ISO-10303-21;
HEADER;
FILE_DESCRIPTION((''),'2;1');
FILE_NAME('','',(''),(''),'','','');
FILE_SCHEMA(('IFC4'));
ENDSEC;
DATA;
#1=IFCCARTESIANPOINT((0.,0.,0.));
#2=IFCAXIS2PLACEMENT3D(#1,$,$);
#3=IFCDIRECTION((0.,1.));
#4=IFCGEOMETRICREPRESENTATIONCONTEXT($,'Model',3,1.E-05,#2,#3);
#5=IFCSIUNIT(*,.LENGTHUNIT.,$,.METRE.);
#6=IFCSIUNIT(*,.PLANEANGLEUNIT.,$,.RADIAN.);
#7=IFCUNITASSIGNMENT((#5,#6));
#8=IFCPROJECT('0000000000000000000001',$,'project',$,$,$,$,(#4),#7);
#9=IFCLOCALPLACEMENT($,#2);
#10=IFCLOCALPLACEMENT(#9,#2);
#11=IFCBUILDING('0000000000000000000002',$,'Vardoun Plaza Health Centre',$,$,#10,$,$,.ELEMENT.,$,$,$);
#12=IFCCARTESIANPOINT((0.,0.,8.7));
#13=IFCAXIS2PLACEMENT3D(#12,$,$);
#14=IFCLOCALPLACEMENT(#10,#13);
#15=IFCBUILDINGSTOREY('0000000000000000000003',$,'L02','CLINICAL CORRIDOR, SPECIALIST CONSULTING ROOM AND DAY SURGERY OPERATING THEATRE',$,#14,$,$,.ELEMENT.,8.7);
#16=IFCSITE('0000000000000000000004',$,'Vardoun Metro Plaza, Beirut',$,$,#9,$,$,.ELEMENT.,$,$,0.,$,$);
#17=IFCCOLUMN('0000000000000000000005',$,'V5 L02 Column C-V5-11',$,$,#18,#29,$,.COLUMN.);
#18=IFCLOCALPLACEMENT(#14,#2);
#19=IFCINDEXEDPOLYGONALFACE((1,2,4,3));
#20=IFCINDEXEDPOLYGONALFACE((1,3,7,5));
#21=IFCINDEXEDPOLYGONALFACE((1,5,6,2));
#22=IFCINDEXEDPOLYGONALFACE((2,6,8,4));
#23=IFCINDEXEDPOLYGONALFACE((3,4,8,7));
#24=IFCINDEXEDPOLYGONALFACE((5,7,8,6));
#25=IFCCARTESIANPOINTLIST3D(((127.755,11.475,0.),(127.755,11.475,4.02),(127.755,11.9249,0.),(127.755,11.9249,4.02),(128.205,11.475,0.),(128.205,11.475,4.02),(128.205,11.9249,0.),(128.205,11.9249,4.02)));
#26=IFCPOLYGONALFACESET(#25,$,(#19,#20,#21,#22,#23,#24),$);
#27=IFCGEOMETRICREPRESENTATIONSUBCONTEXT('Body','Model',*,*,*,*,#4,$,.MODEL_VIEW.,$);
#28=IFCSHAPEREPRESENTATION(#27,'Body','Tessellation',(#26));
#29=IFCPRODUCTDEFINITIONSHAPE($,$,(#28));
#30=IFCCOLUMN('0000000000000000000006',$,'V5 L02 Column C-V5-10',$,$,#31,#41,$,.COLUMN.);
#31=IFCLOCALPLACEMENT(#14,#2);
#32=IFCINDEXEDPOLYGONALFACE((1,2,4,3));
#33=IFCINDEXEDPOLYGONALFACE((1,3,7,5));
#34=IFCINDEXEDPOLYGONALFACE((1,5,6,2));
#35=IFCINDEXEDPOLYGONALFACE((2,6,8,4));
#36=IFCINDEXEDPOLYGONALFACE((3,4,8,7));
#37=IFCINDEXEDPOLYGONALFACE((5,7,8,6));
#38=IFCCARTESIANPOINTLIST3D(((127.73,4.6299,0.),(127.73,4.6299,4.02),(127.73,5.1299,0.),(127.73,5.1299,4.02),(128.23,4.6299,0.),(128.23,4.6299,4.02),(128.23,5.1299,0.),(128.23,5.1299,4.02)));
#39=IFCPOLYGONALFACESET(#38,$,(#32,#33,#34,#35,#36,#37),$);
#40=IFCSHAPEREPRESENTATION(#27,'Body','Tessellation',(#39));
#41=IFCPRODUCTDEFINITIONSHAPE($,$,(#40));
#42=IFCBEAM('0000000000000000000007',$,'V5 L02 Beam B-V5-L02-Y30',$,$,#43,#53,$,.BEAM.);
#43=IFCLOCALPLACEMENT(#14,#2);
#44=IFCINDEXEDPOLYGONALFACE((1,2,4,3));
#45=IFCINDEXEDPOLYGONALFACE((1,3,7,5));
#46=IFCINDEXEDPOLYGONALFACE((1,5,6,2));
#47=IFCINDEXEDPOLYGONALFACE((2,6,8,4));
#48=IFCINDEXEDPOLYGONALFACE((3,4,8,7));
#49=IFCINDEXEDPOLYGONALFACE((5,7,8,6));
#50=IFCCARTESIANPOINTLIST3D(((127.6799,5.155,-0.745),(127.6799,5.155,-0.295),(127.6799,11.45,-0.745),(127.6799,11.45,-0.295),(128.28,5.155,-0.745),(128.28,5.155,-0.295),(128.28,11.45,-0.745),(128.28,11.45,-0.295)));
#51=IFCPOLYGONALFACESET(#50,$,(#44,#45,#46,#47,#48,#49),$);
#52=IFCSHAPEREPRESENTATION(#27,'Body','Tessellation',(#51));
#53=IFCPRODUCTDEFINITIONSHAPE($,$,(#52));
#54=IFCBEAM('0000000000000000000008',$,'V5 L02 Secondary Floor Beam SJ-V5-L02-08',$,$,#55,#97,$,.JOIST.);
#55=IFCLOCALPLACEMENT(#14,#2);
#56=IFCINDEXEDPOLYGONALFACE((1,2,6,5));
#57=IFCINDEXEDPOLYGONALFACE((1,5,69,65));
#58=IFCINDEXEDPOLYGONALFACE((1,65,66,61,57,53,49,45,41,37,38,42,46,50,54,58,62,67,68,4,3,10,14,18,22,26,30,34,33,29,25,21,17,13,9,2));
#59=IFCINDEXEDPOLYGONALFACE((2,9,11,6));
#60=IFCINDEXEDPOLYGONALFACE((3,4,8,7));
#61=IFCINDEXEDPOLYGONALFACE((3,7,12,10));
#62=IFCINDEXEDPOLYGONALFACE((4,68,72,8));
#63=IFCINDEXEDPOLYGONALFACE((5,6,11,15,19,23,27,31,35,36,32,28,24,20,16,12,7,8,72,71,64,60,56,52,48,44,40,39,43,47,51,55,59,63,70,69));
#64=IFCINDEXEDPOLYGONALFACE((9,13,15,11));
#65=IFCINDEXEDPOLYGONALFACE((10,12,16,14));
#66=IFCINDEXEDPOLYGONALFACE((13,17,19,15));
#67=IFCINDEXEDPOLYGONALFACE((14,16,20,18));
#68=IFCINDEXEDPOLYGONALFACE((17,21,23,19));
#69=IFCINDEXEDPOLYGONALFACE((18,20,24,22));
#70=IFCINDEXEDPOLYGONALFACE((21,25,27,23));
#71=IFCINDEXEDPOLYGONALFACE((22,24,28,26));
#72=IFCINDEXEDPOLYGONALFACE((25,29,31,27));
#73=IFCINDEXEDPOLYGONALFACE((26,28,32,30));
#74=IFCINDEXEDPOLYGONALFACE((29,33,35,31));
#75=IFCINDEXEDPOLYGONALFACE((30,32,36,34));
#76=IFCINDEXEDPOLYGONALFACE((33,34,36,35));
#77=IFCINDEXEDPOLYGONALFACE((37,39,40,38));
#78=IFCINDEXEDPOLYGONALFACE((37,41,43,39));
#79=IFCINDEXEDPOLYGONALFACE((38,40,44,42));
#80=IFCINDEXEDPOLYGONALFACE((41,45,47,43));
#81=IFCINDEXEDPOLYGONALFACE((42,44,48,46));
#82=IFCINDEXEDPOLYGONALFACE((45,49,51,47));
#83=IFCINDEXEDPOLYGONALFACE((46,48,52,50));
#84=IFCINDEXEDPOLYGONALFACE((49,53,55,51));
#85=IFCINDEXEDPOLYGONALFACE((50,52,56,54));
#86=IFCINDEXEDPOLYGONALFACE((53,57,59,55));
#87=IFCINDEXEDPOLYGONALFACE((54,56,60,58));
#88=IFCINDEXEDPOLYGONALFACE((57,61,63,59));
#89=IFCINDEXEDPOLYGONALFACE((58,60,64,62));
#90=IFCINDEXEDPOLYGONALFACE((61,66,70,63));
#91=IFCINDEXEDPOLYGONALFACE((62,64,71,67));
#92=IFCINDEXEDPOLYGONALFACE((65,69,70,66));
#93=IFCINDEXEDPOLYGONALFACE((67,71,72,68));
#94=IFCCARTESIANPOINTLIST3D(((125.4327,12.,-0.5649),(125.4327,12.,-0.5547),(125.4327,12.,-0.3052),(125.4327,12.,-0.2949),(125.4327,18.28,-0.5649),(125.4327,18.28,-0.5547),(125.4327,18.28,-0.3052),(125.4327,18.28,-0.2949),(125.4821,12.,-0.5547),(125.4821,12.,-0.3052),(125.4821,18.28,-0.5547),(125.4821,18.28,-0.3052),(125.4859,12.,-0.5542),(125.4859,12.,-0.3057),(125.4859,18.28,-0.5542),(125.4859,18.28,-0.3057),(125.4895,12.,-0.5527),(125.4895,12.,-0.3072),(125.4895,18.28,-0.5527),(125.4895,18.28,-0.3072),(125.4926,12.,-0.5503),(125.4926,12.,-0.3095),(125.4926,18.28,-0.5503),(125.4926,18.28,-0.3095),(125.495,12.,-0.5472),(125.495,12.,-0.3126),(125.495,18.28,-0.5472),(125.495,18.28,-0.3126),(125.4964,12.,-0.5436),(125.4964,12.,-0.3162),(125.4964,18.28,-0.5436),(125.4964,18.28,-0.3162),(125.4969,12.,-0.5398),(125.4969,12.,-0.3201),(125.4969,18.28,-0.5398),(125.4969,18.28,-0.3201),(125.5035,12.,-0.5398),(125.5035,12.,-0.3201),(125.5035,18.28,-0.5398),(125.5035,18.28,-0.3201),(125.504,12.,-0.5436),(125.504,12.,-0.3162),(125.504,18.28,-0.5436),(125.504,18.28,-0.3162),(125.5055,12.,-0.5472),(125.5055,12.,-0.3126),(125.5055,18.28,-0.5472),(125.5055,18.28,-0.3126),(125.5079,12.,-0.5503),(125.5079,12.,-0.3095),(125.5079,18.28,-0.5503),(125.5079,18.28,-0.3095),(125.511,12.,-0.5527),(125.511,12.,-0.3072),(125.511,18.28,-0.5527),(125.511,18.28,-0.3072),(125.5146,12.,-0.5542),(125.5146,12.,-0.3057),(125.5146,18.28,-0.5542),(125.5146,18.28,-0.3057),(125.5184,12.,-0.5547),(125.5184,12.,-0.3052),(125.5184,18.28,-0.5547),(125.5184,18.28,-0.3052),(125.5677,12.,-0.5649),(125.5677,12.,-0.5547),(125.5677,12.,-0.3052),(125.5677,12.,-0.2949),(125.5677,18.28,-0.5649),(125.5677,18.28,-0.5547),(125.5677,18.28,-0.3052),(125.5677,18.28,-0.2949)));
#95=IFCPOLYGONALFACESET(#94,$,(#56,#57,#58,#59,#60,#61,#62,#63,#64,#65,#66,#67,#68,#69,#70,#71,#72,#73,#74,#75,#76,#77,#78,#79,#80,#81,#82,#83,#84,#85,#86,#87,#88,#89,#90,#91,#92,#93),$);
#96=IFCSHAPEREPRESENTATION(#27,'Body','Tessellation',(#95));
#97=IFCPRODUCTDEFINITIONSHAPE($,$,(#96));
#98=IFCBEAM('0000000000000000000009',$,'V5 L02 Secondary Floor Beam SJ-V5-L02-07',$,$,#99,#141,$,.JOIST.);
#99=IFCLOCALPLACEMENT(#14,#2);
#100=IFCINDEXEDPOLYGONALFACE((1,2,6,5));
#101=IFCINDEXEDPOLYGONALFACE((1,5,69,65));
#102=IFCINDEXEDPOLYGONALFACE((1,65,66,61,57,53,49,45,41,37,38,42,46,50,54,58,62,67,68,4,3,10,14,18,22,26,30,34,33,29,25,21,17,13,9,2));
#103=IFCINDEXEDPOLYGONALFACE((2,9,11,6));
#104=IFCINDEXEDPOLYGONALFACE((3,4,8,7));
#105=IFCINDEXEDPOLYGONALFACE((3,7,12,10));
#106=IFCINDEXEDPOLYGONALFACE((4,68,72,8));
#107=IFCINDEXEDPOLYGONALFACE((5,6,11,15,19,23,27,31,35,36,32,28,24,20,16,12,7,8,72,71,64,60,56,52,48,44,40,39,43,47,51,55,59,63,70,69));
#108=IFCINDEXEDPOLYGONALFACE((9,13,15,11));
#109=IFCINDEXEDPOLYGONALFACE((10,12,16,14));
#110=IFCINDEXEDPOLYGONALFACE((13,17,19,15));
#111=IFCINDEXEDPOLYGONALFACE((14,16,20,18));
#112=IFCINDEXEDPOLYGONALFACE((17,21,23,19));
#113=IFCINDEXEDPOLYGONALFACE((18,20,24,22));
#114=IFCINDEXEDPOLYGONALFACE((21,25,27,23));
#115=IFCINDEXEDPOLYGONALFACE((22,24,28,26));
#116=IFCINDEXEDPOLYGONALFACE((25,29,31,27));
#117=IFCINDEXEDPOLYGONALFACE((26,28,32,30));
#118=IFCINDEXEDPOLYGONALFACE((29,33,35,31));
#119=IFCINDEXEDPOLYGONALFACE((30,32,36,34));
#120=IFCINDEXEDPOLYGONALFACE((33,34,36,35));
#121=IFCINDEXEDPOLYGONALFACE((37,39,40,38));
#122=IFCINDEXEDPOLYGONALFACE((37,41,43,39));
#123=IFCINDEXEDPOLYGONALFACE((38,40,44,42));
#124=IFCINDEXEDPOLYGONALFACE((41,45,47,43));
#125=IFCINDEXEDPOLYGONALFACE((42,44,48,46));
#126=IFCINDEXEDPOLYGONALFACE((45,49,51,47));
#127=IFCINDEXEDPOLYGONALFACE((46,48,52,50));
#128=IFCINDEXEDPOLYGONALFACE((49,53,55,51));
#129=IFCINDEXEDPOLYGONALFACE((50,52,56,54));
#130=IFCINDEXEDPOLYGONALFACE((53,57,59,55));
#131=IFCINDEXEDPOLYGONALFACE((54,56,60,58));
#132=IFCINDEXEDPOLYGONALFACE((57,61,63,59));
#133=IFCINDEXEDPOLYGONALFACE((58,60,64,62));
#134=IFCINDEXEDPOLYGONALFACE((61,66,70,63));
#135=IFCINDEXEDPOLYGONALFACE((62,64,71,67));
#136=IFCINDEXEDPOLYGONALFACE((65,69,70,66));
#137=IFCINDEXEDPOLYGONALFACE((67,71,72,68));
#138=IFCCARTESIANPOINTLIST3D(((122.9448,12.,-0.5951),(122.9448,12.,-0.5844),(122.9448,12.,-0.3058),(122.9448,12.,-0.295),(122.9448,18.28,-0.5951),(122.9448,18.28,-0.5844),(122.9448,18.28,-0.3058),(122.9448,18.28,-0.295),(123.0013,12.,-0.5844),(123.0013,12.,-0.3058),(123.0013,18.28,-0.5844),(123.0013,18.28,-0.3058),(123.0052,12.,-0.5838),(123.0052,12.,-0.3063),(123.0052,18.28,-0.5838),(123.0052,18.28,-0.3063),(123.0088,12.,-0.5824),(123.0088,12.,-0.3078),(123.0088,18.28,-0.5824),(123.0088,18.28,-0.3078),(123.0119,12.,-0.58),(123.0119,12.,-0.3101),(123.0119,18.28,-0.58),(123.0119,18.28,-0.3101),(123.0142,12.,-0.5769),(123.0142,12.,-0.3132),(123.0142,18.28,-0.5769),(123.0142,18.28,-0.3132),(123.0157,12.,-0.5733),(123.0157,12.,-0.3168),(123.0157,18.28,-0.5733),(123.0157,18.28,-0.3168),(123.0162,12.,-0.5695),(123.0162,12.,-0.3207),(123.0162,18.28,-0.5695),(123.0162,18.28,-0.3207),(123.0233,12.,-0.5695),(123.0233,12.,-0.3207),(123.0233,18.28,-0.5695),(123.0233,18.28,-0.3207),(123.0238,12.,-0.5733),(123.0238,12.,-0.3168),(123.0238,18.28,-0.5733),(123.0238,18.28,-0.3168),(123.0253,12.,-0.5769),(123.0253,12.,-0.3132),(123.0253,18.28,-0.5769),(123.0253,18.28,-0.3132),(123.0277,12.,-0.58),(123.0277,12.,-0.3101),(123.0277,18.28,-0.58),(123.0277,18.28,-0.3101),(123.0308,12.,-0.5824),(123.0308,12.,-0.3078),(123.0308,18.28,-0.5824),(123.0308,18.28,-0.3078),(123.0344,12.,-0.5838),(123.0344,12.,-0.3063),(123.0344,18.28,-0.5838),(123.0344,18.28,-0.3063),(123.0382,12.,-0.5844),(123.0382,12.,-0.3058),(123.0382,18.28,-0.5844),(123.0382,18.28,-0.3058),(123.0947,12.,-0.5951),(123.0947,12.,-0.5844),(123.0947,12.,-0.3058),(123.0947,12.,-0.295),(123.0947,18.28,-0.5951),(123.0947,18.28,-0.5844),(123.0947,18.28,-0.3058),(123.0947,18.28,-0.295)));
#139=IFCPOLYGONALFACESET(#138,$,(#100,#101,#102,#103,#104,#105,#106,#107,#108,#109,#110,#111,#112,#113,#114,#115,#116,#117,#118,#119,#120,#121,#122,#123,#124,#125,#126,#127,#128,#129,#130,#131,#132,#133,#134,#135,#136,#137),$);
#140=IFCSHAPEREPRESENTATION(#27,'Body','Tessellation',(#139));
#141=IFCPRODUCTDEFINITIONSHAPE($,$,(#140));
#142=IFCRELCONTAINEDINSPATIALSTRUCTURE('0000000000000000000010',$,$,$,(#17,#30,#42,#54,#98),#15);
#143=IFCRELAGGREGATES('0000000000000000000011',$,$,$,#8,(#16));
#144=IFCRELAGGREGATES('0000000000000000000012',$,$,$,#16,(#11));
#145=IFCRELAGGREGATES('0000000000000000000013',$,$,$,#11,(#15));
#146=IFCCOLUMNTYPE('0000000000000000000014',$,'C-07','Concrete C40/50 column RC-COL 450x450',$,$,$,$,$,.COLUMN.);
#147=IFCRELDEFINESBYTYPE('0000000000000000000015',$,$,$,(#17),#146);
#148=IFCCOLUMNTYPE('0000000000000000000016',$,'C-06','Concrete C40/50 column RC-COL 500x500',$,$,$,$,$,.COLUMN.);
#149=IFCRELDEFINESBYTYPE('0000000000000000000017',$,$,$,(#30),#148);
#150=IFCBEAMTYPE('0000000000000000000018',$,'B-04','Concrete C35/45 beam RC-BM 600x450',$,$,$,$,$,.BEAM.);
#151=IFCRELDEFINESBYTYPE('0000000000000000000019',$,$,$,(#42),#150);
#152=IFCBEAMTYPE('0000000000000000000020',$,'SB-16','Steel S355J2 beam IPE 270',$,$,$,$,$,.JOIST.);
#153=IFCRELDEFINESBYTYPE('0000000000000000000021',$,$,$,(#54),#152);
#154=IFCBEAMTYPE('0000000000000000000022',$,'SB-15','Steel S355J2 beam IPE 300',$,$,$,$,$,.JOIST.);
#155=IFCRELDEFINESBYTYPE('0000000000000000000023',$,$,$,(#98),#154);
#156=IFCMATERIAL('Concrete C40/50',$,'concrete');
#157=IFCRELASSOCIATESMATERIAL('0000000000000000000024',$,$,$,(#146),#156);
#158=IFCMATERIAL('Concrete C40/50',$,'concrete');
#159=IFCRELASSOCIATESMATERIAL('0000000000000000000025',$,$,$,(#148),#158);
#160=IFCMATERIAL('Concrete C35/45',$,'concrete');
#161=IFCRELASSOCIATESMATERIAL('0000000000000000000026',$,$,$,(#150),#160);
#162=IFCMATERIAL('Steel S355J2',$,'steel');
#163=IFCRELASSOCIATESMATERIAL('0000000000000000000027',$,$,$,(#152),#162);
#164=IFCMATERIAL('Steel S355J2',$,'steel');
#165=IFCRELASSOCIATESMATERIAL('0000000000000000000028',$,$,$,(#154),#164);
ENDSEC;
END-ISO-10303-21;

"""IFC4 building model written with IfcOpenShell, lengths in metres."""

from ifc_helpers import new_model, si_unit, direction, frame, origin, origin_2d, place, context, subcontext, project, spatial, rectangle, i_section, extrude, material, material_profile, profile_set, type_object, element, save


model = new_model("IFC4")

# Units and contexts
model_context = context("Model", 3, precision=1e-05, world=origin(), true_north=direction((0.0, 1.0)))
body_context = subcontext(model_context, "Body", "Model", "MODEL_VIEW")
ifc_project = project(units=[si_unit("LENGTHUNIT", "METRE"), si_unit("PLANEANGLEUNIT", "RADIAN")], contexts=[model_context])

# Site, building, storey
site_placement = place(None, origin())
site = spatial("IfcSite", under=ifc_project, at=site_placement, Name="Vardoun Metro Plaza, Beirut", CompositionType="ELEMENT", RefElevation=0.0)
building_placement = place(site_placement, origin())
building = spatial("IfcBuilding", under=site, at=building_placement, Name="Vardoun Plaza Health Centre", CompositionType="ELEMENT")
storey_placement = place(building_placement, frame((0.0, 0.0, 8.7)))
storey = spatial("IfcBuildingStorey", under=building, at=storey_placement, Name="L02", Description="CLINICAL CORRIDOR, SPECIALIST CONSULTING ROOM AND DAY SURGERY OPERATING THEATRE", CompositionType="ELEMENT", Elevation=8.7)

# Columns
ifc_material_1 = material(Name="Concrete C40/50", Category="concrete")
ifc_material_profile_1 = material_profile(ifc_material_1, rectangle(XDim=0.45, YDim=0.45, at=origin_2d()), Name="RC-COL 450x450")
ifc_profile_set_1 = profile_set([ifc_material_profile_1], Name="Concrete C40/50")
column_type_1 = type_object("IfcColumnType", Name="C-07", Description="Concrete C40/50 column RC-COL 450x450", PredefinedType="COLUMN", material=ifc_profile_set_1)
column_1_placement = place(storey_placement, frame((127.98, 11.7, 0.0), z_axis=(0.0, 0.0, 1.0), x_axis=(1.0, 0.0, 0.0)))
element("IfcColumn", 1, at=column_1_placement, inside=storey, type_object=column_type_1, Name="V5 L02 Column C-V5-11", PredefinedType="COLUMN", context=body_context, shape_type="SweptSolid", body=[
    extrude(rectangle(XDim=0.45, YDim=0.45, at=origin_2d()), origin(), (0.0, 0.0, 1.0), 4.02),
])
ifc_material_2 = material(Name="Concrete C40/50", Category="concrete")
ifc_material_profile_2 = material_profile(ifc_material_2, rectangle(XDim=0.5, YDim=0.5, at=origin_2d()), Name="RC-COL 500x500")
ifc_profile_set_2 = profile_set([ifc_material_profile_2], Name="Concrete C40/50")
column_type_2 = type_object("IfcColumnType", Name="C-06", Description="Concrete C40/50 column RC-COL 500x500", PredefinedType="COLUMN", material=ifc_profile_set_2)
column_2_placement = place(storey_placement, frame((127.98, 4.8799, 0.0), z_axis=(0.0, 0.0, 1.0), x_axis=(1.0, 0.0, 0.0)))
element("IfcColumn", 2, at=column_2_placement, inside=storey, type_object=column_type_2, Name="V5 L02 Column C-V5-10", PredefinedType="COLUMN", context=body_context, shape_type="SweptSolid", body=[
    extrude(rectangle(XDim=0.5, YDim=0.5, at=origin_2d()), origin(), (0.0, 0.0, 1.0), 4.02),
])

# Beams
ifc_material_3 = material(Name="Concrete C35/45", Category="concrete")
ifc_material_profile_3 = material_profile(ifc_material_3, rectangle(XDim=0.6001, YDim=0.45, at=origin_2d()), Name="RC-BM 600x450")
ifc_profile_set_3 = profile_set([ifc_material_profile_3], Name="Concrete C35/45")
beam_type_1 = type_object("IfcBeamType", Name="B-04", Description="Concrete C35/45 beam RC-BM 600x450", PredefinedType="BEAM", material=ifc_profile_set_3)
beam_1_placement = place(storey_placement, frame((127.98, 5.155, -0.52), z_axis=(0.0, 1.0, 0.0), x_axis=(-1.0, 0.0, 0.0)))
element("IfcBeam", 3, at=beam_1_placement, inside=storey, type_object=beam_type_1, Name="V5 L02 Beam B-V5-L02-Y30", PredefinedType="BEAM", context=body_context, shape_type="SweptSolid", body=[
    extrude(rectangle(XDim=0.6001, YDim=0.45, at=origin_2d()), origin(), (0.0, 0.0, 1.0), 6.2949),
])
ifc_material_4 = material(Name="Steel S355J2", Category="steel")
ifc_material_profile_4 = material_profile(ifc_material_4, i_section(OverallWidth=0.135, OverallDepth=0.27, WebThickness=0.0066, FlangeThickness=0.0103, FilletRadius=0.0149, at=origin_2d()), Name="IPE 270")
ifc_profile_set_4 = profile_set([ifc_material_profile_4], Name="Steel S355J2")
beam_type_2 = type_object("IfcBeamType", Name="SB-16", Description="Steel S355J2 beam IPE 270", PredefinedType="JOIST", material=ifc_profile_set_4)
beam_2_placement = place(storey_placement, frame((125.5002, 12.0, -0.4299), z_axis=(0.0, 1.0, 0.0), x_axis=(-1.0, 0.0, 0.0)))
element("IfcBeam", 4, at=beam_2_placement, inside=storey, type_object=beam_type_2, Name="V5 L02 Secondary Floor Beam SJ-V5-L02-08", PredefinedType="JOIST", context=body_context, shape_type="SweptSolid", body=[
    extrude(i_section(OverallWidth=0.135, OverallDepth=0.27, WebThickness=0.0066, FlangeThickness=0.0103, FilletRadius=0.0149, at=origin_2d()), origin(), (0.0, 0.0, 1.0), 6.28),
])
ifc_material_5 = material(Name="Steel S355J2", Category="steel")
ifc_material_profile_5 = material_profile(ifc_material_5, i_section(OverallWidth=0.1499, OverallDepth=0.3, WebThickness=0.0071, FlangeThickness=0.0107, FilletRadius=0.0149, at=origin_2d()), Name="IPE 300")
ifc_profile_set_5 = profile_set([ifc_material_profile_5], Name="Steel S355J2")
beam_type_3 = type_object("IfcBeamType", Name="SB-15", Description="Steel S355J2 beam IPE 300", PredefinedType="JOIST", material=ifc_profile_set_5)
beam_3_placement = place(storey_placement, frame((123.0198, 12.0, -0.4451), z_axis=(0.0, 1.0, 0.0), x_axis=(-1.0, 0.0, 0.0)))
element("IfcBeam", 5, at=beam_3_placement, inside=storey, type_object=beam_type_3, Name="V5 L02 Secondary Floor Beam SJ-V5-L02-07", PredefinedType="JOIST", context=body_context, shape_type="SweptSolid", body=[
    extrude(i_section(OverallWidth=0.1499, OverallDepth=0.3, WebThickness=0.0071, FlangeThickness=0.0107, FilletRadius=0.0149, at=origin_2d()), origin(), (0.0, 0.0, 1.0), 6.28),
])

save(model, "model.ifc")
